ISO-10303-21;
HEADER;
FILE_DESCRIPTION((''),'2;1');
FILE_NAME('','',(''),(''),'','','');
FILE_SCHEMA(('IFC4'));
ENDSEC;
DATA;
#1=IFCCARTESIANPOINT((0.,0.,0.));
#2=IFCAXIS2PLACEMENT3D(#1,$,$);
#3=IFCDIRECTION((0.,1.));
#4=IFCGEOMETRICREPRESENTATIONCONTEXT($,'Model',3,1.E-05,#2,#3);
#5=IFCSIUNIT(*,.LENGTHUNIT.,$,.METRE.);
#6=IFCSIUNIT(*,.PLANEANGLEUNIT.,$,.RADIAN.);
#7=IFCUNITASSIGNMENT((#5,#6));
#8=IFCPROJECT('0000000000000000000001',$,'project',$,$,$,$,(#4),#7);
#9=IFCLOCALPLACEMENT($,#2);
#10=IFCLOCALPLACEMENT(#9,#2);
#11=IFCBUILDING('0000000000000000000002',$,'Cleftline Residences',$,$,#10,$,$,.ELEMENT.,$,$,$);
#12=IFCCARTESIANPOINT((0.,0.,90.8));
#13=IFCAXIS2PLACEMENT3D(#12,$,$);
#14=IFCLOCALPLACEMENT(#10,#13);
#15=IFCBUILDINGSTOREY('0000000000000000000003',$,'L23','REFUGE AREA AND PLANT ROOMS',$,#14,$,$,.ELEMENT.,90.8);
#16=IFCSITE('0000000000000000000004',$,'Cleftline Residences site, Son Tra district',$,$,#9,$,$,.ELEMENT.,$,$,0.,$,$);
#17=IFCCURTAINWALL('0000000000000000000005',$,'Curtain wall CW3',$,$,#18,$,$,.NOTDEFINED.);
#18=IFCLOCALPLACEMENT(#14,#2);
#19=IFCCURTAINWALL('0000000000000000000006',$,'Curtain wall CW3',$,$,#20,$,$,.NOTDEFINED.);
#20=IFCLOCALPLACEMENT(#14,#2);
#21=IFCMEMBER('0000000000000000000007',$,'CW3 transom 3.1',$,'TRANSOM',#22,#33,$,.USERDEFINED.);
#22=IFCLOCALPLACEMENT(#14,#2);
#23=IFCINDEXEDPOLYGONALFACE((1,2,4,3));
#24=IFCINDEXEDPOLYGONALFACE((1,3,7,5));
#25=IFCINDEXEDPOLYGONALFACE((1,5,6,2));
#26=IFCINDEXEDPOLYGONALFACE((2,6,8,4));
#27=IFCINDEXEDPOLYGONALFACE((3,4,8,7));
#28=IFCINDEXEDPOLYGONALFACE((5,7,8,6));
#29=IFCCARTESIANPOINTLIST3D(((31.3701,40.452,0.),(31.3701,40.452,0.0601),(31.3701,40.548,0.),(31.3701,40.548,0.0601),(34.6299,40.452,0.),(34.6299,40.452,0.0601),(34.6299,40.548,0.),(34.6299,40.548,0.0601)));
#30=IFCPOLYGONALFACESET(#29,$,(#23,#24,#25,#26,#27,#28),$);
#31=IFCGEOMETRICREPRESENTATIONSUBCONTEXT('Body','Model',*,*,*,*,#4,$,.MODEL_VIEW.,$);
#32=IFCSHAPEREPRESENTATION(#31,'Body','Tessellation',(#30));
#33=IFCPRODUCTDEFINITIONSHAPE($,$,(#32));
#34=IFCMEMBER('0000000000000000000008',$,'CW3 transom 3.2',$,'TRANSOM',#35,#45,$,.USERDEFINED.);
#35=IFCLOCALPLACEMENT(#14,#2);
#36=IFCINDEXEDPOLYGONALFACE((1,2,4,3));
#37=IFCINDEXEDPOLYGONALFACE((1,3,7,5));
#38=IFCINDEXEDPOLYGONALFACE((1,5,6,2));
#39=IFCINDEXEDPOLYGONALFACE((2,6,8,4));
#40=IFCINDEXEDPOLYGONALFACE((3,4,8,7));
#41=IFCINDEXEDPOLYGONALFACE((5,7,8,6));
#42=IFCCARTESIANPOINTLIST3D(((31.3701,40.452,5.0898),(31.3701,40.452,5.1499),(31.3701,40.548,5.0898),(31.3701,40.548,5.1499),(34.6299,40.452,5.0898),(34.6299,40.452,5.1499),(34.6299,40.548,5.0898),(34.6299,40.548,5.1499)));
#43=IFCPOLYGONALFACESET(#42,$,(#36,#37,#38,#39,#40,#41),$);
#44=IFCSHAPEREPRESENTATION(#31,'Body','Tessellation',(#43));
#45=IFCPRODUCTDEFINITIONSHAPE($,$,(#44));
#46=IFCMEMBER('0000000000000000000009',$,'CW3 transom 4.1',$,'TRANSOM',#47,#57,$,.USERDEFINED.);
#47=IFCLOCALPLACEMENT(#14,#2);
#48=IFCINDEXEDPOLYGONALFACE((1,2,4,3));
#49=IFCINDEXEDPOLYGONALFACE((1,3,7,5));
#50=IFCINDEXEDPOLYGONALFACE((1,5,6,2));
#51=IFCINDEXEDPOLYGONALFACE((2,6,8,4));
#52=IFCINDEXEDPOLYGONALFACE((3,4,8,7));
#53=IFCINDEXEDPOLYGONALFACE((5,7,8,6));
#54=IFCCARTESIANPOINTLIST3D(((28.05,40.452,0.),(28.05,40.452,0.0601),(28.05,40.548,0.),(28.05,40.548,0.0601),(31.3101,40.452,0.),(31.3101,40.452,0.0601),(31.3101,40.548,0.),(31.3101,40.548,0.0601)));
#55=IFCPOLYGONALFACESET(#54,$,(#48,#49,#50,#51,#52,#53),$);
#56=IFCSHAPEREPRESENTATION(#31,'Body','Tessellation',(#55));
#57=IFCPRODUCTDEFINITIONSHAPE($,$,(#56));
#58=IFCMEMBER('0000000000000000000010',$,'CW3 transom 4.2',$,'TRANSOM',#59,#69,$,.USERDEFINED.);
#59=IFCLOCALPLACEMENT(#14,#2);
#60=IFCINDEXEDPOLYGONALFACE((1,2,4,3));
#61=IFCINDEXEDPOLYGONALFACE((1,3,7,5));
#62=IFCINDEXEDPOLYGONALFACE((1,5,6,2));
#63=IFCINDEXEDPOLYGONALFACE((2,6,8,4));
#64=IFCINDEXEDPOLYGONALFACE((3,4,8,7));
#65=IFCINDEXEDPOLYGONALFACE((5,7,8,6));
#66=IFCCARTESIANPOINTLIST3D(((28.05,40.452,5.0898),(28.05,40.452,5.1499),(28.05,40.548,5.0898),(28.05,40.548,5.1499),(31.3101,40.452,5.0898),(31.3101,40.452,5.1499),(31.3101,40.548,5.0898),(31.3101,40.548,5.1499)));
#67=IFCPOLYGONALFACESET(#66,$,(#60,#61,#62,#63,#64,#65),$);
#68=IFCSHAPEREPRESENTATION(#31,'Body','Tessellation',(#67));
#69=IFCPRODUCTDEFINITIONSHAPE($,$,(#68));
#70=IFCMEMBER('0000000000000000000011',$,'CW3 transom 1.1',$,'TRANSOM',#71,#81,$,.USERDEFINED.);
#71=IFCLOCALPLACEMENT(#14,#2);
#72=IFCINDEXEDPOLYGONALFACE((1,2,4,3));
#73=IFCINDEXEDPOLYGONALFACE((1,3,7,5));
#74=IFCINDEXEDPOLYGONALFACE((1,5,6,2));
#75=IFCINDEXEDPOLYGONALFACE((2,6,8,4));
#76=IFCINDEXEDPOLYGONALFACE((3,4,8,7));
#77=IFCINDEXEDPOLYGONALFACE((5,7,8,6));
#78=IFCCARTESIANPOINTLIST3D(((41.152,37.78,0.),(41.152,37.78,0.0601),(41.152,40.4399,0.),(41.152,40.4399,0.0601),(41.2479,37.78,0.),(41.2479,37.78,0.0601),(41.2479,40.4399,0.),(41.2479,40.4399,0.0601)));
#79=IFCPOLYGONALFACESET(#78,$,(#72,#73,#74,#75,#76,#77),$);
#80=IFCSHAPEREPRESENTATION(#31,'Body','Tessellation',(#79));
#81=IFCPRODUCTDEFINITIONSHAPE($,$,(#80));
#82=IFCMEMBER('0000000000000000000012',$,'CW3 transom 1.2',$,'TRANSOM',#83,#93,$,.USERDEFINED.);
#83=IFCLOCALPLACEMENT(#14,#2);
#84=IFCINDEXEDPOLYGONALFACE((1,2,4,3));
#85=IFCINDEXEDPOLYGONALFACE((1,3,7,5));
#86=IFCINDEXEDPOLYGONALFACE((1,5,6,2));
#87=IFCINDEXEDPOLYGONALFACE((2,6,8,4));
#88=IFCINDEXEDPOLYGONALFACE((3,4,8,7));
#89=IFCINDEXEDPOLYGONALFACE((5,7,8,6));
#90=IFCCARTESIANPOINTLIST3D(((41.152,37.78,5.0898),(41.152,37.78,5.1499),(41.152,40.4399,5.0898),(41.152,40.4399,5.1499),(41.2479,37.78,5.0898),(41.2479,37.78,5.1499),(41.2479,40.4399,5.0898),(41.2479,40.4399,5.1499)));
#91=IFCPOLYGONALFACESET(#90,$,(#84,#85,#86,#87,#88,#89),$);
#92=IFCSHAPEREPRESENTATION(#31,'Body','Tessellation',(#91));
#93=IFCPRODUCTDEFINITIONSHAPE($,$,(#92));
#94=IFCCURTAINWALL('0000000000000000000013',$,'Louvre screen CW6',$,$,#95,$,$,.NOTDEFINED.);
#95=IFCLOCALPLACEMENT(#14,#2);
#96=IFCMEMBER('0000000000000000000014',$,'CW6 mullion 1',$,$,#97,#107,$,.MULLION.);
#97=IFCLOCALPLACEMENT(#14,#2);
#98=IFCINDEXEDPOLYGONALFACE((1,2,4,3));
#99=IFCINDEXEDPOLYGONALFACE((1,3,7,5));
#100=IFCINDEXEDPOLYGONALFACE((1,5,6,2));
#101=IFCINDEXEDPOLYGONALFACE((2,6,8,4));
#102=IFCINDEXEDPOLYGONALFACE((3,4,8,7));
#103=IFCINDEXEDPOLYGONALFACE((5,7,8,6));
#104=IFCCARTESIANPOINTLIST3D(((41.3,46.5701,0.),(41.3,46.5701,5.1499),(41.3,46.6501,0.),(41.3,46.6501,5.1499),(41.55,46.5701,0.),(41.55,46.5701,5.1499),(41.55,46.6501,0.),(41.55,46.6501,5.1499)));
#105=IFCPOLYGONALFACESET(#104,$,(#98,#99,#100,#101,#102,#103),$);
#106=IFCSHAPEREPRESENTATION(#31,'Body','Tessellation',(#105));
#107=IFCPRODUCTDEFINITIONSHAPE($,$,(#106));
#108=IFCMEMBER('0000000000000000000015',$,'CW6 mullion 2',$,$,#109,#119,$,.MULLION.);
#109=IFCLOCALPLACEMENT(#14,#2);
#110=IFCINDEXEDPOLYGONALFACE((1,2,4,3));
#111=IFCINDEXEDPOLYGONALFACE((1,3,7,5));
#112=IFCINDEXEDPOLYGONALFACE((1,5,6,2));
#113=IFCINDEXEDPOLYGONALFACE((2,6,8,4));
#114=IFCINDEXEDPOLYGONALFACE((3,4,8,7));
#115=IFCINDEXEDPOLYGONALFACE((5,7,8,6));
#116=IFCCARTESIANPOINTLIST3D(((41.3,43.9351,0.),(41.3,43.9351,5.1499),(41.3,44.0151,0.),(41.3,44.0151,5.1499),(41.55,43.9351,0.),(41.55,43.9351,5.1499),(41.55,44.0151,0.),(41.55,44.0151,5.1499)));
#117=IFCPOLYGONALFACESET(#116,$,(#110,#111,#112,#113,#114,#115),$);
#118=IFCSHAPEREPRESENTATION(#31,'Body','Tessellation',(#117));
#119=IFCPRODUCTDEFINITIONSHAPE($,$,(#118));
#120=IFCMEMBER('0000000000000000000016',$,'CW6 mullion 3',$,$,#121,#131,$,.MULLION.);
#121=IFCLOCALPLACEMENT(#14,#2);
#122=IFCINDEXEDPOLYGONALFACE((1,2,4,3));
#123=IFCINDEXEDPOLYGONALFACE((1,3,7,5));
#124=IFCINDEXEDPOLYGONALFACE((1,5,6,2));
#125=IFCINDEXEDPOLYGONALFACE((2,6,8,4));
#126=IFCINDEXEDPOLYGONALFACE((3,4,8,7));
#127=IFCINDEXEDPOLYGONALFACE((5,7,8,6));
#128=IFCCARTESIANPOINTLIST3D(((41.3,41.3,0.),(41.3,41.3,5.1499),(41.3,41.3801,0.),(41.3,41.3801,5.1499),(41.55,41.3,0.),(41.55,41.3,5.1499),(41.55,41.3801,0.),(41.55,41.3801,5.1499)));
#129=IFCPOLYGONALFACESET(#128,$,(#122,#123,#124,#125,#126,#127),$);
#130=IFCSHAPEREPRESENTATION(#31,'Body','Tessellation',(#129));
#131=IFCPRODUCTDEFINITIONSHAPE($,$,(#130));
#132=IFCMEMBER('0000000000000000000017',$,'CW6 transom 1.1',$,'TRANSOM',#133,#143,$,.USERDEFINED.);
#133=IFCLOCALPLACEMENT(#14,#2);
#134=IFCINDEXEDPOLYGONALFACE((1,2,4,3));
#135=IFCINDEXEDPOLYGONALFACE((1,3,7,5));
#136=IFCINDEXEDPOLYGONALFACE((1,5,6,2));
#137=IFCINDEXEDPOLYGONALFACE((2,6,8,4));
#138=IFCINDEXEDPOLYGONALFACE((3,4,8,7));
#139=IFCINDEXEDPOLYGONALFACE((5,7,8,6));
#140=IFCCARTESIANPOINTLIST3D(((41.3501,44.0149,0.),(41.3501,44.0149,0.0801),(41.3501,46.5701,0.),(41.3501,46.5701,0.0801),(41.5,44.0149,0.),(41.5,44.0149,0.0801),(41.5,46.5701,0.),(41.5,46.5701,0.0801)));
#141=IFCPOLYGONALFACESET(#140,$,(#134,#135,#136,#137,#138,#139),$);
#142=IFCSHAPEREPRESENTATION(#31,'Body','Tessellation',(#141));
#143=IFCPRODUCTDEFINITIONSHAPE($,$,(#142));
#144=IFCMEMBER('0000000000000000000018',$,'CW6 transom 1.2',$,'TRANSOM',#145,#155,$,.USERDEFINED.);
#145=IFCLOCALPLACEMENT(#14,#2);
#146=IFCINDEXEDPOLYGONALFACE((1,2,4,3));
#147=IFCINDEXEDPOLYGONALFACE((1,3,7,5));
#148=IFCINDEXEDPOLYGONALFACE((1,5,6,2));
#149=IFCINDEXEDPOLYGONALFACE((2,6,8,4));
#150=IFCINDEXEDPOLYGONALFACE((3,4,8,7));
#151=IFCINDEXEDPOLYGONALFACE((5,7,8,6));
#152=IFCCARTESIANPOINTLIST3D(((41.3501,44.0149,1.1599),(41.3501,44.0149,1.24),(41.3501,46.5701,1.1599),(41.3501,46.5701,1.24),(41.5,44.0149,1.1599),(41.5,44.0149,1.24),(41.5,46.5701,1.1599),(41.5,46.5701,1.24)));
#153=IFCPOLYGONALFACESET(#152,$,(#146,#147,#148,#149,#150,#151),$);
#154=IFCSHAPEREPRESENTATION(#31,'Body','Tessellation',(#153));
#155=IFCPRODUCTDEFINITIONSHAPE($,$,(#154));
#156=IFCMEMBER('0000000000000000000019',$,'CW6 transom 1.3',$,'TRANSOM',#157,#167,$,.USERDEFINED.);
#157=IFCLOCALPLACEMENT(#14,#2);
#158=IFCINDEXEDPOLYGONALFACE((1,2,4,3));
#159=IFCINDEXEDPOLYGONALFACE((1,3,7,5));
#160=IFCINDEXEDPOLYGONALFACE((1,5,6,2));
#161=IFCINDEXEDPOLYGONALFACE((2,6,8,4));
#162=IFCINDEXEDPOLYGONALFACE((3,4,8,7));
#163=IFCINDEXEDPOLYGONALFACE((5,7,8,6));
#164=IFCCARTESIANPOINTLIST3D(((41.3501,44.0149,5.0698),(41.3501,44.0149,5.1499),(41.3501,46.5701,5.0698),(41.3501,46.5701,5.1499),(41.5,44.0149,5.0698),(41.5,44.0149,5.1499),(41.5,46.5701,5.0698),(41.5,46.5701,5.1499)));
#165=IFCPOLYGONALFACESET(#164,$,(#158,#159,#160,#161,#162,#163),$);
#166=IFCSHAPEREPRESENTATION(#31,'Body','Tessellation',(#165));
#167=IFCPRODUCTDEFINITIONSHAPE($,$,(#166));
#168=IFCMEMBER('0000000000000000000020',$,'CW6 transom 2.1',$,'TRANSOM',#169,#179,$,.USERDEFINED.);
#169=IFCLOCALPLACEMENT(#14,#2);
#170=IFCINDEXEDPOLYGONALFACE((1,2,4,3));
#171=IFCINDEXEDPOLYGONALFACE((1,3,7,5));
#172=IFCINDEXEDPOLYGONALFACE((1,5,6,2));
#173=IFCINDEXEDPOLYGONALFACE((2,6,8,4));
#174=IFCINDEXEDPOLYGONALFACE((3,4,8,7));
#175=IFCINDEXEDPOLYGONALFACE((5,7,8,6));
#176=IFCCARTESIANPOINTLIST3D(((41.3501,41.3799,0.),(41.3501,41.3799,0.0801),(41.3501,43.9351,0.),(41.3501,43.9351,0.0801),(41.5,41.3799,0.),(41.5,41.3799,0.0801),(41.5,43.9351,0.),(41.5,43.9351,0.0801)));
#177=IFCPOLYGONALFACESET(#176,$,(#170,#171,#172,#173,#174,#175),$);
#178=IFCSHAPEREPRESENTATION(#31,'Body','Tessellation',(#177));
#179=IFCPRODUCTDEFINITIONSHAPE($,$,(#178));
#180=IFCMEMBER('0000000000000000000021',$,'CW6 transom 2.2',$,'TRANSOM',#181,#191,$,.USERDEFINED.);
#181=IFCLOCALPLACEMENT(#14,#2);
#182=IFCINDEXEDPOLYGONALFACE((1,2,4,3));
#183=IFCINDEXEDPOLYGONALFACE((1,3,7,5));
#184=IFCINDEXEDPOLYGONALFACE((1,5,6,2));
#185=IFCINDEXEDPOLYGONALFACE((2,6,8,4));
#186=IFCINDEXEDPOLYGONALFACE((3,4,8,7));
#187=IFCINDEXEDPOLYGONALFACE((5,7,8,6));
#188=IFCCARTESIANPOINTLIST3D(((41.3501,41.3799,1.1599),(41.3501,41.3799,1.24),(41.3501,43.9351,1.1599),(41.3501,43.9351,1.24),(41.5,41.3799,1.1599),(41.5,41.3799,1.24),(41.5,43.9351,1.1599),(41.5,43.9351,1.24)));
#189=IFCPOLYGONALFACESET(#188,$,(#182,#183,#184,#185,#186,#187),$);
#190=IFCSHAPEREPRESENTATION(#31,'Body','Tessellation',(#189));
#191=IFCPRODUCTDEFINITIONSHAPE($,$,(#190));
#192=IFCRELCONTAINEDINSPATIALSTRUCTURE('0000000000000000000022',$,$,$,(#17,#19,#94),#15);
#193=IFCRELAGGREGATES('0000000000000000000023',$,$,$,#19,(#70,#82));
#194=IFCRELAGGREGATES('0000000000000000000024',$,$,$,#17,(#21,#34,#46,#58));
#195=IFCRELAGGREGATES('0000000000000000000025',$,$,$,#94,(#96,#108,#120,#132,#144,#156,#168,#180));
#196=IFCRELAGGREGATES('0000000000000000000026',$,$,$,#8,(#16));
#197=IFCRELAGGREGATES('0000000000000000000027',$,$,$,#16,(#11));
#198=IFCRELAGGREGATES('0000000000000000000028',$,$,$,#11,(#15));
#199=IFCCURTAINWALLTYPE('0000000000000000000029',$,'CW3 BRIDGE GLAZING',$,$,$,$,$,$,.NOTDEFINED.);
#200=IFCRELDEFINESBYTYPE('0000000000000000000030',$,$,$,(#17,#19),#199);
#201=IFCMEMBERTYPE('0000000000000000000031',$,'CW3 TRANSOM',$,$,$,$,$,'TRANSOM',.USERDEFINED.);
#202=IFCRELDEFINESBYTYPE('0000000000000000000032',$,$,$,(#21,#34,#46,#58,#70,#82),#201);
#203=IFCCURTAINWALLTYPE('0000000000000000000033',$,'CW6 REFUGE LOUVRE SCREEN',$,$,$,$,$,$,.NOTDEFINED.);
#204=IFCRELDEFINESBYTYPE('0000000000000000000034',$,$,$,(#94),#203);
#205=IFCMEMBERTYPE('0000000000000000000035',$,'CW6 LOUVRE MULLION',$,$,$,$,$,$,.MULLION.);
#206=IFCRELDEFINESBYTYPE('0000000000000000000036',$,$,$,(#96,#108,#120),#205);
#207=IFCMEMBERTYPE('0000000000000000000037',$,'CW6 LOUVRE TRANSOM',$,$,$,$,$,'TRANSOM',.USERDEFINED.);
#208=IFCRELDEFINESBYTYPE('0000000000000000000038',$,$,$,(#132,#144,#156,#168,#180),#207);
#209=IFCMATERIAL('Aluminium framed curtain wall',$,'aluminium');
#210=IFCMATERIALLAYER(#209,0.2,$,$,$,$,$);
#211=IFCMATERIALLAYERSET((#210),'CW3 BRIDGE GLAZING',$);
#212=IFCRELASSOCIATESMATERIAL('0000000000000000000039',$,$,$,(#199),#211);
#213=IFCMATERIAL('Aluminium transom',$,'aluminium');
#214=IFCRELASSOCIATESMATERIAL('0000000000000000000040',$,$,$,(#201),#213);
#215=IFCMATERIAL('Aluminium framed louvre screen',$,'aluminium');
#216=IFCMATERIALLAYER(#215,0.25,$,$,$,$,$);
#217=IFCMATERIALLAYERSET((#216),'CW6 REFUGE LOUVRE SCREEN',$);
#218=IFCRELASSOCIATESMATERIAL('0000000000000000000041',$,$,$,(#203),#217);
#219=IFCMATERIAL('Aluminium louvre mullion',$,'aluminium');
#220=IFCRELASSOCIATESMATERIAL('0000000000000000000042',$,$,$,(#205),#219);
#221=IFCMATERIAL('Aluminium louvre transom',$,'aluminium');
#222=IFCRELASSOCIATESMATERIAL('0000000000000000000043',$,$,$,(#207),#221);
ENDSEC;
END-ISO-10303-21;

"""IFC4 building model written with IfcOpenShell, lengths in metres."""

from ifc_helpers import new_model, si_unit, direction, frame, origin, origin_2d, place, context, subcontext, project, spatial, rectangle, extrude, material, layer, layer_set, material_profile, profile_set, type_object, element, aggregate, save


model = new_model("IFC4")

# Units and contexts
model_context = context("Model", 3, precision=1e-05, world=origin(), true_north=direction((0.0, 1.0)))
body_context = subcontext(model_context, "Body", "Model", "MODEL_VIEW")
ifc_project = project(units=[si_unit("LENGTHUNIT", "METRE"), si_unit("PLANEANGLEUNIT", "RADIAN")], contexts=[model_context])

# Site, building, storey
site_placement = place(None, origin())
site = spatial("IfcSite", under=ifc_project, at=site_placement, Name="Cleftline Residences site, Son Tra district", CompositionType="ELEMENT", RefElevation=0.0)
building_placement = place(site_placement, origin())
building = spatial("IfcBuilding", under=site, at=building_placement, Name="Cleftline Residences", CompositionType="ELEMENT")
storey_placement = place(building_placement, frame((0.0, 0.0, 90.8)))
storey = spatial("IfcBuildingStorey", under=building, at=storey_placement, Name="L23", Description="REFUGE AREA AND PLANT ROOMS", CompositionType="ELEMENT", Elevation=90.8)

# Curtain wall
ifc_material_1 = material(Name="Aluminium framed curtain wall", Category="aluminium")
ifc_layer_1 = layer(ifc_material_1, 0.2)
ifc_layer_set_1 = layer_set([ifc_layer_1], Name="CW3 BRIDGE GLAZING")
curtain_wall_type_1 = type_object("IfcCurtainWallType", Name="CW3 BRIDGE GLAZING", PredefinedType="NOTDEFINED", material=ifc_layer_set_1)
curtain_wall_1_placement = place(storey_placement, origin())
curtain_wall_1 = element("IfcCurtainWall", 1, at=curtain_wall_1_placement, inside=storey, type_object=curtain_wall_type_1, Name="Curtain wall CW3", PredefinedType="NOTDEFINED")

# Curtain wall
curtain_wall_2_placement = place(storey_placement, origin())
curtain_wall_2 = element("IfcCurtainWall", 2, at=curtain_wall_2_placement, inside=storey, type_object=curtain_wall_type_1, Name="Curtain wall CW3", PredefinedType="NOTDEFINED")

# Members
ifc_material_2 = material(Name="Aluminium transom", Category="aluminium")
ifc_material_profile_1 = material_profile(ifc_material_2, rectangle(XDim=0.0959, YDim=0.0601, at=origin_2d()))
ifc_profile_set_1 = profile_set([ifc_material_profile_1], Name="Aluminium transom")
member_type_1 = type_object("IfcMemberType", Name="CW3 TRANSOM", ElementType="TRANSOM", PredefinedType="USERDEFINED", material=ifc_profile_set_1)
member_1_placement = place(storey_placement, frame((34.6299, 40.5, 0.03), z_axis=(-1.0, 0.0, 0.0), x_axis=(0.0, -1.0, 0.0)))
member_1 = element("IfcMember", 3, at=member_1_placement, type_object=member_type_1, Name="CW3 transom 3.1", ObjectType="TRANSOM", PredefinedType="USERDEFINED", context=body_context, shape_type="SweptSolid", body=[
    extrude(rectangle(XDim=0.0959, YDim=0.0601, at=origin_2d()), origin(), (0.0, 0.0, 1.0), 3.2598),
])
member_2_placement = place(storey_placement, frame((34.6299, 40.5, 5.1199), z_axis=(-1.0, 0.0, 0.0), x_axis=(0.0, -1.0, 0.0)))
member_2 = element("IfcMember", 4, at=member_2_placement, type_object=member_type_1, Name="CW3 transom 3.2", ObjectType="TRANSOM", PredefinedType="USERDEFINED", context=body_context, shape_type="SweptSolid", body=[
    extrude(rectangle(XDim=0.0959, YDim=0.0601, at=origin_2d()), origin(), (0.0, 0.0, 1.0), 3.2598),
])
member_3_placement = place(storey_placement, frame((31.3101, 40.5, 0.03), z_axis=(-1.0, 0.0, 0.0), x_axis=(0.0, -1.0, 0.0)))
member_3 = element("IfcMember", 5, at=member_3_placement, type_object=member_type_1, Name="CW3 transom 4.1", ObjectType="TRANSOM", PredefinedType="USERDEFINED", context=body_context, shape_type="SweptSolid", body=[
    extrude(rectangle(XDim=0.0959, YDim=0.0601, at=origin_2d()), origin(), (0.0, 0.0, 1.0), 3.26),
])
member_4_placement = place(storey_placement, frame((31.3101, 40.5, 5.1199), z_axis=(-1.0, 0.0, 0.0), x_axis=(0.0, -1.0, 0.0)))
member_4 = element("IfcMember", 6, at=member_4_placement, type_object=member_type_1, Name="CW3 transom 4.2", ObjectType="TRANSOM", PredefinedType="USERDEFINED", context=body_context, shape_type="SweptSolid", body=[
    extrude(rectangle(XDim=0.0959, YDim=0.0601, at=origin_2d()), origin(), (0.0, 0.0, 1.0), 3.26),
])
member_5_placement = place(storey_placement, frame((41.2, 40.4399, 0.03), z_axis=(0.0, -1.0, 0.0), x_axis=(1.0, 0.0, 0.0)))
member_5 = element("IfcMember", 7, at=member_5_placement, type_object=member_type_1, Name="CW3 transom 1.1", ObjectType="TRANSOM", PredefinedType="USERDEFINED", context=body_context, shape_type="SweptSolid", body=[
    extrude(rectangle(XDim=0.0959, YDim=0.0601, at=origin_2d()), origin(), (0.0, 0.0, 1.0), 2.6599),
])
member_6_placement = place(storey_placement, frame((41.2, 40.4399, 5.1199), z_axis=(0.0, -1.0, 0.0), x_axis=(1.0, 0.0, 0.0)))
member_6 = element("IfcMember", 8, at=member_6_placement, type_object=member_type_1, Name="CW3 transom 1.2", ObjectType="TRANSOM", PredefinedType="USERDEFINED", context=body_context, shape_type="SweptSolid", body=[
    extrude(rectangle(XDim=0.0959, YDim=0.0601, at=origin_2d()), origin(), (0.0, 0.0, 1.0), 2.6599),
])
aggregate(curtain_wall_2, [member_5, member_6])

# Curtain wall, members
ifc_material_3 = material(Name="Aluminium framed louvre screen", Category="aluminium")
ifc_layer_2 = layer(ifc_material_3, 0.25)
ifc_layer_set_2 = layer_set([ifc_layer_2], Name="CW6 REFUGE LOUVRE SCREEN")
curtain_wall_type_2 = type_object("IfcCurtainWallType", Name="CW6 REFUGE LOUVRE SCREEN", PredefinedType="NOTDEFINED", material=ifc_layer_set_2)
curtain_wall_3_placement = place(storey_placement, origin())
curtain_wall_3 = element("IfcCurtainWall", 9, at=curtain_wall_3_placement, inside=storey, type_object=curtain_wall_type_2, Name="Louvre screen CW6", PredefinedType="NOTDEFINED")
ifc_material_4 = material(Name="Aluminium louvre mullion", Category="aluminium")
ifc_material_profile_2 = material_profile(ifc_material_4, rectangle(XDim=0.25, YDim=0.0801, at=origin_2d()))
ifc_profile_set_2 = profile_set([ifc_material_profile_2], Name="Aluminium louvre mullion")
member_type_2 = type_object("IfcMemberType", Name="CW6 LOUVRE MULLION", PredefinedType="MULLION", material=ifc_profile_set_2)
member_7_placement = place(storey_placement, frame((41.425, 46.6101, 0.0), z_axis=(0.0, 0.0, 1.0), x_axis=(1.0, 0.0, 0.0)))
member_7 = element("IfcMember", 10, at=member_7_placement, type_object=member_type_2, Name="CW6 mullion 1", PredefinedType="MULLION", context=body_context, shape_type="SweptSolid", body=[
    extrude(rectangle(XDim=0.25, YDim=0.0801, at=origin_2d()), origin(), (0.0, 0.0, 1.0), 5.1499),
])
member_8_placement = place(storey_placement, frame((41.425, 43.9751, 0.0), z_axis=(0.0, 0.0, 1.0), x_axis=(1.0, 0.0, 0.0)))
member_8 = element("IfcMember", 11, at=member_8_placement, type_object=member_type_2, Name="CW6 mullion 2", PredefinedType="MULLION", context=body_context, shape_type="SweptSolid", body=[
    extrude(rectangle(XDim=0.25, YDim=0.0801, at=origin_2d()), origin(), (0.0, 0.0, 1.0), 5.1499),
])
member_9_placement = place(storey_placement, frame((41.425, 41.3401, 0.0), z_axis=(0.0, 0.0, 1.0), x_axis=(1.0, 0.0, 0.0)))
member_9 = element("IfcMember", 12, at=member_9_placement, type_object=member_type_2, Name="CW6 mullion 3", PredefinedType="MULLION", context=body_context, shape_type="SweptSolid", body=[
    extrude(rectangle(XDim=0.25, YDim=0.0801, at=origin_2d()), origin(), (0.0, 0.0, 1.0), 5.1499),
])
ifc_material_5 = material(Name="Aluminium louvre transom", Category="aluminium")
ifc_material_profile_3 = material_profile(ifc_material_5, rectangle(XDim=0.1499, YDim=0.0801, at=origin_2d()))
ifc_profile_set_3 = profile_set([ifc_material_profile_3], Name="Aluminium louvre transom")
member_type_3 = type_object("IfcMemberType", Name="CW6 LOUVRE TRANSOM", ElementType="TRANSOM", PredefinedType="USERDEFINED", material=ifc_profile_set_3)
member_10_placement = place(storey_placement, frame((41.425, 46.5701, 0.04), z_axis=(0.0, -1.0, 0.0), x_axis=(1.0, 0.0, 0.0)))
member_10 = element("IfcMember", 13, at=member_10_placement, type_object=member_type_3, Name="CW6 transom 1.1", ObjectType="TRANSOM", PredefinedType="USERDEFINED", context=body_context, shape_type="SweptSolid", body=[
    extrude(rectangle(XDim=0.1499, YDim=0.0801, at=origin_2d()), origin(), (0.0, 0.0, 1.0), 2.5552),
])
member_11_placement = place(storey_placement, frame((41.425, 46.5701, 1.2), z_axis=(0.0, -1.0, 0.0), x_axis=(1.0, 0.0, 0.0)))
member_11 = element("IfcMember", 14, at=member_11_placement, type_object=member_type_3, Name="CW6 transom 1.2", ObjectType="TRANSOM", PredefinedType="USERDEFINED", context=body_context, shape_type="SweptSolid", body=[
    extrude(rectangle(XDim=0.1499, YDim=0.0801, at=origin_2d()), origin(), (0.0, 0.0, 1.0), 2.5552),
])
member_12_placement = place(storey_placement, frame((41.425, 46.5701, 5.1099), z_axis=(0.0, -1.0, 0.0), x_axis=(1.0, 0.0, 0.0)))
member_12 = element("IfcMember", 15, at=member_12_placement, type_object=member_type_3, Name="CW6 transom 1.3", ObjectType="TRANSOM", PredefinedType="USERDEFINED", context=body_context, shape_type="SweptSolid", body=[
    extrude(rectangle(XDim=0.1499, YDim=0.0801, at=origin_2d()), origin(), (0.0, 0.0, 1.0), 2.5552),
])
member_13_placement = place(storey_placement, frame((41.425, 43.9351, 0.04), z_axis=(0.0, -1.0, 0.0), x_axis=(1.0, 0.0, 0.0)))
member_13 = element("IfcMember", 16, at=member_13_placement, type_object=member_type_3, Name="CW6 transom 2.1", ObjectType="TRANSOM", PredefinedType="USERDEFINED", context=body_context, shape_type="SweptSolid", body=[
    extrude(rectangle(XDim=0.1499, YDim=0.0801, at=origin_2d()), origin(), (0.0, 0.0, 1.0), 2.5552),
])
member_14_placement = place(storey_placement, frame((41.425, 43.9351, 1.2), z_axis=(0.0, -1.0, 0.0), x_axis=(1.0, 0.0, 0.0)))
member_14 = element("IfcMember", 17, at=member_14_placement, type_object=member_type_3, Name="CW6 transom 2.2", ObjectType="TRANSOM", PredefinedType="USERDEFINED", context=body_context, shape_type="SweptSolid", body=[
    extrude(rectangle(XDim=0.1499, YDim=0.0801, at=origin_2d()), origin(), (0.0, 0.0, 1.0), 2.5552),
])

aggregate(curtain_wall_1, [member_1, member_2, member_3, member_4])
aggregate(curtain_wall_3, [member_7, member_8, member_9, member_10, member_11, member_12, member_13, member_14])

save(model, "model.ifc")
